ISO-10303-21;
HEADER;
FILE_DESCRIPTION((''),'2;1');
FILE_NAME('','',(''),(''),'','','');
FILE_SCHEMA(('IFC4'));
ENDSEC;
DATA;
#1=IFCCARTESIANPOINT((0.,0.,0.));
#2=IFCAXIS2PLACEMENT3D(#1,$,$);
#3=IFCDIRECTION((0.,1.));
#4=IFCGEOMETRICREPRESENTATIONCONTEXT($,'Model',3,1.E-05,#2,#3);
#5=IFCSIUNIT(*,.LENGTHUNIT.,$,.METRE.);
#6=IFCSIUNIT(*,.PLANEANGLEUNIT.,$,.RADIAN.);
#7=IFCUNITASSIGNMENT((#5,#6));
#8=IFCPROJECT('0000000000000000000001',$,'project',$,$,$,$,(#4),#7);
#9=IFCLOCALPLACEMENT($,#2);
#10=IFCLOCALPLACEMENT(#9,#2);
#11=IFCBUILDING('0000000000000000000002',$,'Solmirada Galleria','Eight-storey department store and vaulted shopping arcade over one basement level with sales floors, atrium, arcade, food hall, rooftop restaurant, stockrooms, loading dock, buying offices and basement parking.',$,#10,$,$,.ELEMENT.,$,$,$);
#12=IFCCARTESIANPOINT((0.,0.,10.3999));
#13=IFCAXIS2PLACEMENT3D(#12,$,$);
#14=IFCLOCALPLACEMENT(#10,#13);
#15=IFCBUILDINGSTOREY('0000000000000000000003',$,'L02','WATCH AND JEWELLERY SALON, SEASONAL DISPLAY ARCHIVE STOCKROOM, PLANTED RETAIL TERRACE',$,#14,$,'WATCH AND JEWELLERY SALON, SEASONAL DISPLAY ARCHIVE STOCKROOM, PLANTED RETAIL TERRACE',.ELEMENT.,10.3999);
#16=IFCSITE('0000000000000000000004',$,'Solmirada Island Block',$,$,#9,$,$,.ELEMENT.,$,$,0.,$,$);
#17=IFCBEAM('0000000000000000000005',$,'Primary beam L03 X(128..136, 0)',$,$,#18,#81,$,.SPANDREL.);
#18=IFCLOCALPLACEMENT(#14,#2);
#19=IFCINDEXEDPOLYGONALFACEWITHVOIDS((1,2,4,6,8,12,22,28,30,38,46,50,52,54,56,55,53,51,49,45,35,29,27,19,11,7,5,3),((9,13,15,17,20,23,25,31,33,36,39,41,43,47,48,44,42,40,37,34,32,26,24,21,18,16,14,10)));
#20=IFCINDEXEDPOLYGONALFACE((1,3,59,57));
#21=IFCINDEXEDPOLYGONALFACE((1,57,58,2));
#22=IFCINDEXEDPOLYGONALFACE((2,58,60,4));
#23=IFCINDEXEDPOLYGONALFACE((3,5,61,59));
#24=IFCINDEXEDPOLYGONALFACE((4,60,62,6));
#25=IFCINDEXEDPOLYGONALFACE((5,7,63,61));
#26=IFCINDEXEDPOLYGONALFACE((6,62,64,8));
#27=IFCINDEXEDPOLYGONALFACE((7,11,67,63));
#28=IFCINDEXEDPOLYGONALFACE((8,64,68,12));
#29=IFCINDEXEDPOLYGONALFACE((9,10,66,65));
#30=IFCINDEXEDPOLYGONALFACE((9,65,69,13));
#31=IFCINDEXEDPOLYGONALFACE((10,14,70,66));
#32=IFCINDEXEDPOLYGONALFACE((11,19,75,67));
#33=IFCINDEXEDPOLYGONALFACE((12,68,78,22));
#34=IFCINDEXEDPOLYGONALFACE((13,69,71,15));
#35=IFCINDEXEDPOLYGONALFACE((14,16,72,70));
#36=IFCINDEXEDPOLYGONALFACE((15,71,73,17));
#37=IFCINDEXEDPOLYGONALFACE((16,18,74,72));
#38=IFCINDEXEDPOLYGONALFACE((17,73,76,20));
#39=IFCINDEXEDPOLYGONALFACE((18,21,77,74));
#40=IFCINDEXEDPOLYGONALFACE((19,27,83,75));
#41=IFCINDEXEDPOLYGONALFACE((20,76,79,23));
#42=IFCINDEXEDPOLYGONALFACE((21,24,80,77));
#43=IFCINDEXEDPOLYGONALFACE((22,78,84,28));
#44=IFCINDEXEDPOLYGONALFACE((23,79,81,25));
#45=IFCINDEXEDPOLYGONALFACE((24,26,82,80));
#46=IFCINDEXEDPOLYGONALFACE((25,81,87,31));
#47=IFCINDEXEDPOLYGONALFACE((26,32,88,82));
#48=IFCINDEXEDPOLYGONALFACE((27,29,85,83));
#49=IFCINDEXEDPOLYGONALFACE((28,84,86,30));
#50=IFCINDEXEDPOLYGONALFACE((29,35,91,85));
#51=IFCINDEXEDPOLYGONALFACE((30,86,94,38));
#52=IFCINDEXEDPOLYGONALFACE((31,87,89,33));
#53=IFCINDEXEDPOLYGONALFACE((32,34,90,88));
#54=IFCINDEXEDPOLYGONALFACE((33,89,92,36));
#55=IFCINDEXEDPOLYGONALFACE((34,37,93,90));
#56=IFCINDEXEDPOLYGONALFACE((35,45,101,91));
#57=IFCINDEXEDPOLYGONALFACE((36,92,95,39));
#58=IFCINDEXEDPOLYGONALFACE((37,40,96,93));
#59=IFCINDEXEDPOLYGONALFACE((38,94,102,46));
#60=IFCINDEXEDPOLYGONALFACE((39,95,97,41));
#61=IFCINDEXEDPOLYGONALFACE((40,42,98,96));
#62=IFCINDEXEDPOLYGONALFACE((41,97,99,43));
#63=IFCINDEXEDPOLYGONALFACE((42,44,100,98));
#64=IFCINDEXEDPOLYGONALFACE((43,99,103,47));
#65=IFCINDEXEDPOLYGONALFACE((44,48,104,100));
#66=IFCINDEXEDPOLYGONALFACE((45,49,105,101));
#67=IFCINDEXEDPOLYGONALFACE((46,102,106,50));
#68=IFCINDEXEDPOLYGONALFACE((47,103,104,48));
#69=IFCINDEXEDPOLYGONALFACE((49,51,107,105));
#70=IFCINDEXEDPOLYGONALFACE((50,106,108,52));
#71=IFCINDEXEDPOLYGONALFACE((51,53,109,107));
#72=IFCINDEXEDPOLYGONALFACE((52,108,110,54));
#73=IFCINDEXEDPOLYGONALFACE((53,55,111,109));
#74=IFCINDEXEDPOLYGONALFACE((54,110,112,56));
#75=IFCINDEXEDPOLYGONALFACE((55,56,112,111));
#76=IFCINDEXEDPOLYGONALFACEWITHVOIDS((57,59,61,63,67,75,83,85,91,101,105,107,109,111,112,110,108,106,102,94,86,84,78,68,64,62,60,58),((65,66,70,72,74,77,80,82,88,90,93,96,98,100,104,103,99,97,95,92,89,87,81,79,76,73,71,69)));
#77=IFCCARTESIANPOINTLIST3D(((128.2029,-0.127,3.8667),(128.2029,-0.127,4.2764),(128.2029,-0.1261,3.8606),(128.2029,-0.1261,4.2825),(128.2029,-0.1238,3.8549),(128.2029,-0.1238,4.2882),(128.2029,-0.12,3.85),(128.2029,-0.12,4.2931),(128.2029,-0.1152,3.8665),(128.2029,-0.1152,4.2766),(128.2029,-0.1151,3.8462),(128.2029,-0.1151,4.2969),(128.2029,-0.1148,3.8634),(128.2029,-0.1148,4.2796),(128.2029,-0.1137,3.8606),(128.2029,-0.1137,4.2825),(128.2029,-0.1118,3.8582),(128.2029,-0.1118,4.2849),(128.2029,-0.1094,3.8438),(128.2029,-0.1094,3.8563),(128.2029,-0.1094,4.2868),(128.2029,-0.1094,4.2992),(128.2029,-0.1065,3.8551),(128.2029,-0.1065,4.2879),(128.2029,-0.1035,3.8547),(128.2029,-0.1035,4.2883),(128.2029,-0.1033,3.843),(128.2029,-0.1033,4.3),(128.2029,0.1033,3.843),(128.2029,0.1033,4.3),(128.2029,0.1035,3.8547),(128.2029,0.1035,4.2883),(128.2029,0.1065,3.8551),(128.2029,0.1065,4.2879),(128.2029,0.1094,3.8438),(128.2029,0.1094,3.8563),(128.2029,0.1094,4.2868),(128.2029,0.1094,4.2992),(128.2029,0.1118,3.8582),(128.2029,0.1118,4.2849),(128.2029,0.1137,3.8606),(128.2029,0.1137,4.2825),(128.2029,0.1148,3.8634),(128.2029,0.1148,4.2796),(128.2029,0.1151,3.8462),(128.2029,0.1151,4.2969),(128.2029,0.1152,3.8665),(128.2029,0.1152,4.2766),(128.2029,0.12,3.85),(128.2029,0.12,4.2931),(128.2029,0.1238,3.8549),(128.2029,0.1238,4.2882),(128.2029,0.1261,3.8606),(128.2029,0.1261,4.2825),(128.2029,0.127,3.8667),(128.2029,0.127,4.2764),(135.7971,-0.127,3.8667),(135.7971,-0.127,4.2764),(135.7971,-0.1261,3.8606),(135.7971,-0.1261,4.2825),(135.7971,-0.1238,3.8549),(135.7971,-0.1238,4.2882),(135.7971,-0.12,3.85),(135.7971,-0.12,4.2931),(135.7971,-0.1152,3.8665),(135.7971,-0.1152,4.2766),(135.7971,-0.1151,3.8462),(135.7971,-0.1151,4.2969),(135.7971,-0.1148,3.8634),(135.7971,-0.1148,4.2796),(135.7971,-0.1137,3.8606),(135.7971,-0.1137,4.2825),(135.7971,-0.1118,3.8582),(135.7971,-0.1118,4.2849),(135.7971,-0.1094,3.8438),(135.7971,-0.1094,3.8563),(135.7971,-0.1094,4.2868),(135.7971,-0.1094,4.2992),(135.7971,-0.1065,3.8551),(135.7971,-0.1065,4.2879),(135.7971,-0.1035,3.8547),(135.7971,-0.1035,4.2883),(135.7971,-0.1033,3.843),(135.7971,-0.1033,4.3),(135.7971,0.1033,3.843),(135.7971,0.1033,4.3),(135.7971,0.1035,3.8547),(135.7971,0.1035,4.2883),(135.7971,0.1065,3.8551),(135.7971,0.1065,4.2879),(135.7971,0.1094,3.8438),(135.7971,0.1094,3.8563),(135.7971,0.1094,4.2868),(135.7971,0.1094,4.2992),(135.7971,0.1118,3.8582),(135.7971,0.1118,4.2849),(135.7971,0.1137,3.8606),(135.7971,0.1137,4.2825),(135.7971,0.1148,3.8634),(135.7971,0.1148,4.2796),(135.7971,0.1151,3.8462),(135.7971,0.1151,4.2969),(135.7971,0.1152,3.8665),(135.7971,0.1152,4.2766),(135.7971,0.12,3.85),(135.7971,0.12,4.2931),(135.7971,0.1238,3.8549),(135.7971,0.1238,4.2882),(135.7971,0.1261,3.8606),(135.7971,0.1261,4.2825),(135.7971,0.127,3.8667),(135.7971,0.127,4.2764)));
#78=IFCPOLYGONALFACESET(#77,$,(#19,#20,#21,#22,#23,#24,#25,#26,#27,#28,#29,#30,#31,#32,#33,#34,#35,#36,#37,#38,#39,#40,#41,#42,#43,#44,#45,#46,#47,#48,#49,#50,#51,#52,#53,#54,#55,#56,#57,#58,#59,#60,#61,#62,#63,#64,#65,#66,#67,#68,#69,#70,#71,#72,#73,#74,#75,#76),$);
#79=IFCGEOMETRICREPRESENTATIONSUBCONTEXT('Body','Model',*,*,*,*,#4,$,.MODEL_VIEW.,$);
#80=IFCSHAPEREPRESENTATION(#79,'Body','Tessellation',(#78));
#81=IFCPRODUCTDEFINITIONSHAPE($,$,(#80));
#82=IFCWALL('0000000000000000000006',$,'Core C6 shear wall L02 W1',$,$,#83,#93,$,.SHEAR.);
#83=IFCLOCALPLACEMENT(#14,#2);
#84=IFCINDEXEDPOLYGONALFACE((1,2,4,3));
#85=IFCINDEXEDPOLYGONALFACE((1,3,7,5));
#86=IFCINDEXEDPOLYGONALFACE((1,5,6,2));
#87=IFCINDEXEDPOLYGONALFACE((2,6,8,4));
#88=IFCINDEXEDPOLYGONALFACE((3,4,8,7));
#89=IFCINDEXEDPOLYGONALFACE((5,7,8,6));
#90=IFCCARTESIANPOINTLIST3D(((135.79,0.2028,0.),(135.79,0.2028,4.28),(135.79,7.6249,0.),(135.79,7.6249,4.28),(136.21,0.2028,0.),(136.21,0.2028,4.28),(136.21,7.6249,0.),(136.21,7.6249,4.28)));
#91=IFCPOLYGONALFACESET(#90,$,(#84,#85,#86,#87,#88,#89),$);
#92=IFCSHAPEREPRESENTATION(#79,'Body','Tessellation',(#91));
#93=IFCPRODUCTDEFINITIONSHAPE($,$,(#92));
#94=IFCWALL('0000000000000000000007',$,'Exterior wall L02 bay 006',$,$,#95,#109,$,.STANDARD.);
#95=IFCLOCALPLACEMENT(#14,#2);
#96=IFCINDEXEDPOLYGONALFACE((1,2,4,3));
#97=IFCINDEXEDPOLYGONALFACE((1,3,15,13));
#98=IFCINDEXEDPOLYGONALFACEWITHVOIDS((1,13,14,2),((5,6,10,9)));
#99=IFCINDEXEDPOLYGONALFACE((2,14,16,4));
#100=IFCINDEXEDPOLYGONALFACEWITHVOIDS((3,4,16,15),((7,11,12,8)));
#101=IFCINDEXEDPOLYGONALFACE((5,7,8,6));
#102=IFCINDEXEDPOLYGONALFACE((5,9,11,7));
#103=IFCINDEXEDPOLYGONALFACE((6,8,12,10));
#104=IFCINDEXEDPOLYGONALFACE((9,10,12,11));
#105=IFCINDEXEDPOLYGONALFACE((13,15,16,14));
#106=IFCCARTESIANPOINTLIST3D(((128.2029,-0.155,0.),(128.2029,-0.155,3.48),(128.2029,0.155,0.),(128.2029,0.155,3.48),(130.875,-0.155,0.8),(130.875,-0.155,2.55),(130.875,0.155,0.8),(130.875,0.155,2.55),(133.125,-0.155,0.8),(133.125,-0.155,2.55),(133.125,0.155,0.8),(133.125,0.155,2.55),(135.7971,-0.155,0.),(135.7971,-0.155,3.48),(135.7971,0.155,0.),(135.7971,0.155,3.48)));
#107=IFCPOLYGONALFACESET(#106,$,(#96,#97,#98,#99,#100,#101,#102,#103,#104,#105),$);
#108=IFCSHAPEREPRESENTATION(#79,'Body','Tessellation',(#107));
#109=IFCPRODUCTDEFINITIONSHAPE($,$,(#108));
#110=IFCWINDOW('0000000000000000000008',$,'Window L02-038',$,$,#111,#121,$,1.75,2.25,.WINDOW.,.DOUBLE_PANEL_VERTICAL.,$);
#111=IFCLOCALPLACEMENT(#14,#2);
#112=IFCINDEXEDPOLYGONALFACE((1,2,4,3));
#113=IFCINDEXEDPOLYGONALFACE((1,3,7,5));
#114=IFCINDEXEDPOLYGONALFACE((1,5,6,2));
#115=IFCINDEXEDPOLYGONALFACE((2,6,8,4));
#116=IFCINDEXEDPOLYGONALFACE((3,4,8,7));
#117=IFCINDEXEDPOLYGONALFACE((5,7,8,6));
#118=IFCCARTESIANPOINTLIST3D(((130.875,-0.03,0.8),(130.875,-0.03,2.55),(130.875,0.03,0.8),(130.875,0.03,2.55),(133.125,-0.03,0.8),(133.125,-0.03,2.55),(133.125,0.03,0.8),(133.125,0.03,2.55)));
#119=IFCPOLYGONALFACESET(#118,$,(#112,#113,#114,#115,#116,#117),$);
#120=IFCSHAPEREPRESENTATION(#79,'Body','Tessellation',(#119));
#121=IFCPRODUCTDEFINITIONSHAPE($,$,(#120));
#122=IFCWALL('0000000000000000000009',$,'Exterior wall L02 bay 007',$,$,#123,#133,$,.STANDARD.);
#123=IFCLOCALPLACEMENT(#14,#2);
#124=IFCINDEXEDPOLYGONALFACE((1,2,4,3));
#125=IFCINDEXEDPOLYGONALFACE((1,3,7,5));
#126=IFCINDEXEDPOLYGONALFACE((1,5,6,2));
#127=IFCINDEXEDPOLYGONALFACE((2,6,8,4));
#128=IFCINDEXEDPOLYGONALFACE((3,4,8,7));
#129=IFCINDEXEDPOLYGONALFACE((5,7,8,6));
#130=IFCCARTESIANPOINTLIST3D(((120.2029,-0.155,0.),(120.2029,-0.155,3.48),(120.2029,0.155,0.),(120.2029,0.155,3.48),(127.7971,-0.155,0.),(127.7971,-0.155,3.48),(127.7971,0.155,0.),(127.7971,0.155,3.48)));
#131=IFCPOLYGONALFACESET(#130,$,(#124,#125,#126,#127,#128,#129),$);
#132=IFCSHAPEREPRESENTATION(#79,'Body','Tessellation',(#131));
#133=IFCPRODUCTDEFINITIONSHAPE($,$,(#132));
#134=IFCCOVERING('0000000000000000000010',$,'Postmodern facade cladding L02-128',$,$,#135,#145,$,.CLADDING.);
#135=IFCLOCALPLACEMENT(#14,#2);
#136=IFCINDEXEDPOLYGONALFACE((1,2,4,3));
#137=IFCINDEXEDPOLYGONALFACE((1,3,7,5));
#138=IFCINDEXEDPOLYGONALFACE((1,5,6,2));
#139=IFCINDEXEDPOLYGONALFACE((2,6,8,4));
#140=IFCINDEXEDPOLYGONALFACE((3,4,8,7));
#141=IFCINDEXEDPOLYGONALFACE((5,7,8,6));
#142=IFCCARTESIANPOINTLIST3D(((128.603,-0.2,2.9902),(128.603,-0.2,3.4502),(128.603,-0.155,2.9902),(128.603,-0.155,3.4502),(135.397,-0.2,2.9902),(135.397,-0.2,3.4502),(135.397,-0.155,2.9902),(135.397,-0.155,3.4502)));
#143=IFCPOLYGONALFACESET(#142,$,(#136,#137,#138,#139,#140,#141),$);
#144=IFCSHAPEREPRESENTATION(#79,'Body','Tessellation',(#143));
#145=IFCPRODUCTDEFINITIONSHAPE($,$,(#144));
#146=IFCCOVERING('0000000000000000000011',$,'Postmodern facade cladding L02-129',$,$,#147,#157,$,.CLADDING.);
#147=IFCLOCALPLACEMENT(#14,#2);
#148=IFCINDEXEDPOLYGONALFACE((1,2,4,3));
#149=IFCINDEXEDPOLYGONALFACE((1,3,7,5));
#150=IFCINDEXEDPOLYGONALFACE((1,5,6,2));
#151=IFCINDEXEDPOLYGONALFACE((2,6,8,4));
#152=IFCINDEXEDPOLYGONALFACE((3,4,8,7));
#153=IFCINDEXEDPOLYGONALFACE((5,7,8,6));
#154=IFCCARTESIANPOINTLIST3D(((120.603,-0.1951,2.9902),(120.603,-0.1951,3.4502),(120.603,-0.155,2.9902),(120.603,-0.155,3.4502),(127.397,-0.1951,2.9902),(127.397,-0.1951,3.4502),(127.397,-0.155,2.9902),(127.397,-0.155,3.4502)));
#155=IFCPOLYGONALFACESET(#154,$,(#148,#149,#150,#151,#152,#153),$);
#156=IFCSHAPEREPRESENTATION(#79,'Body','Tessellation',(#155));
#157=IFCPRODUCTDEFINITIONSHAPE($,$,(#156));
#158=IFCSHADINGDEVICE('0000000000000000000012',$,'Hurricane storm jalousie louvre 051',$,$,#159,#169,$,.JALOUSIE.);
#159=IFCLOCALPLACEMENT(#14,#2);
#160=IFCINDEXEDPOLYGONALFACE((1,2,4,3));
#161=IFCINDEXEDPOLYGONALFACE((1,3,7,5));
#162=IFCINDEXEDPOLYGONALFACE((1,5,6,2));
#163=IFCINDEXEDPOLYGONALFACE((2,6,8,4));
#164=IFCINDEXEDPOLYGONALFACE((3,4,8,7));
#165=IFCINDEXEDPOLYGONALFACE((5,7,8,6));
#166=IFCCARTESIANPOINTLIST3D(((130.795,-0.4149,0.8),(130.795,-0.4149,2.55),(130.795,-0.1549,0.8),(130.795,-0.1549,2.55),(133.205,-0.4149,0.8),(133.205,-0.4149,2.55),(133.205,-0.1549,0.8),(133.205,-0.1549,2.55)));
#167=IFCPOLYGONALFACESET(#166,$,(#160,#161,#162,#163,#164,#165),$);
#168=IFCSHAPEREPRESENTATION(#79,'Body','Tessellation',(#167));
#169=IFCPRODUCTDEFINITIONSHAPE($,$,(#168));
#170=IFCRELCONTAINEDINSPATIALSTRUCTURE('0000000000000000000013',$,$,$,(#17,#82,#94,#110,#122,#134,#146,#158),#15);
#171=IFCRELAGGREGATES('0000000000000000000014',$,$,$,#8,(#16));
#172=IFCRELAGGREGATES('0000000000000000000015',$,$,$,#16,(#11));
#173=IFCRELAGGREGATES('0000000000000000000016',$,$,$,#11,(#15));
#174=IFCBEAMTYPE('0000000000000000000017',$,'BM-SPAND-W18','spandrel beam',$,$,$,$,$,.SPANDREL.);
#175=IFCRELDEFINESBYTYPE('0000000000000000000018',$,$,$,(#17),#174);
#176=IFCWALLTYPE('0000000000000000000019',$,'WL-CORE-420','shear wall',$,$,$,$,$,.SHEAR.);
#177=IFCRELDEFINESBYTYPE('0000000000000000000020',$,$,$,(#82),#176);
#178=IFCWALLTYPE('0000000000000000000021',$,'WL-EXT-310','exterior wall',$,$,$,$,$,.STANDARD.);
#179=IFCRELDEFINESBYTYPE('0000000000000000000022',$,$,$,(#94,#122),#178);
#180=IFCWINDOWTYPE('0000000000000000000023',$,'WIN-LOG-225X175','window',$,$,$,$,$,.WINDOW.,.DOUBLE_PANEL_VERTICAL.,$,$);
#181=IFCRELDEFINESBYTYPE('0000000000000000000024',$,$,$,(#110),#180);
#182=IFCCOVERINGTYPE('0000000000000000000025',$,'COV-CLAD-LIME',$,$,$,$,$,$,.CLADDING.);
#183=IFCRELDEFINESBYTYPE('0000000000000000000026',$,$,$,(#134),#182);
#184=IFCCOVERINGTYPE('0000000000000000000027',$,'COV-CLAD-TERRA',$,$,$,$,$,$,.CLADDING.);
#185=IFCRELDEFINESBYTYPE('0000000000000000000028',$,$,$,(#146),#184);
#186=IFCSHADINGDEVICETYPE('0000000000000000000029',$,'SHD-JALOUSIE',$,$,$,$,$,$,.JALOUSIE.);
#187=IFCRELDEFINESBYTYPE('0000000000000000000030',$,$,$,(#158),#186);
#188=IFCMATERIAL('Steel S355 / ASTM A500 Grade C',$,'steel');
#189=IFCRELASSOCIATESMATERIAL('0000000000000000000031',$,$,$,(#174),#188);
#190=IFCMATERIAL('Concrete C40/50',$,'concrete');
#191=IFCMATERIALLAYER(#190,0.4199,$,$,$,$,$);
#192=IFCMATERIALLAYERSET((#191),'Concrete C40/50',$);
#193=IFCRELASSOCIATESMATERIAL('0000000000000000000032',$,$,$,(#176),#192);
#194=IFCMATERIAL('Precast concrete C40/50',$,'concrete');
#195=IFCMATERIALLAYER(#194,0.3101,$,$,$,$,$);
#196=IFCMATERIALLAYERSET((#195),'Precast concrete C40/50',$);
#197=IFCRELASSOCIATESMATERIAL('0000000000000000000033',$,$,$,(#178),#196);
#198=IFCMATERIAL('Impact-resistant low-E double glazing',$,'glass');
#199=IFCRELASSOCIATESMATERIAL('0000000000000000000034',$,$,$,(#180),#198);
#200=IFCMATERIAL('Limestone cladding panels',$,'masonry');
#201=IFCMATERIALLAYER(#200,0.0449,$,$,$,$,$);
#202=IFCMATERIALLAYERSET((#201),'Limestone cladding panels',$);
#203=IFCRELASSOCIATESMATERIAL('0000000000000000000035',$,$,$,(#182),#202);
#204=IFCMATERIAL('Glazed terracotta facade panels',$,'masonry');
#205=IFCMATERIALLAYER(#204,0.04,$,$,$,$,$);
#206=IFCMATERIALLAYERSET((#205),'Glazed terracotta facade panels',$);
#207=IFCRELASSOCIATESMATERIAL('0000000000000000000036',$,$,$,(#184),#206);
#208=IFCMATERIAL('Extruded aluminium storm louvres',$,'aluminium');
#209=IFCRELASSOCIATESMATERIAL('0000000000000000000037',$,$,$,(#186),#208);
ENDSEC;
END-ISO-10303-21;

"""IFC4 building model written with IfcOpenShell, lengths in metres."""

from ifc_helpers import new_model, si_unit, direction, frame, frame_2d, origin, origin_2d, place, context, subcontext, project, spatial, rectangle, hollow_rectangle, extrude, material, layer, layer_set, material_profile, profile_set, type_object, element, fill, save


model = new_model("IFC4")

# Units and contexts
model_context = context("Model", 3, precision=1e-05, world=origin(), true_north=direction((0.0, 1.0)))
body_context = subcontext(model_context, "Body", "Model", "MODEL_VIEW")
ifc_project = project(units=[si_unit("LENGTHUNIT", "METRE"), si_unit("PLANEANGLEUNIT", "RADIAN")], contexts=[model_context])

# Site, building, storey
site_placement = place(None, origin())
site = spatial("IfcSite", under=ifc_project, at=site_placement, Name="Solmirada Island Block", CompositionType="ELEMENT", RefElevation=0.0)
building_placement = place(site_placement, origin())
building = spatial("IfcBuilding", under=site, at=building_placement, Name="Solmirada Galleria", Description="Eight-storey department store and vaulted shopping arcade over one basement level with sales floors, atrium, arcade, food hall, rooftop restaurant, stockrooms, loading dock, buying offices and basement parking.", CompositionType="ELEMENT")
storey_placement = place(building_placement, frame((0.0, 0.0, 10.3999)))
storey = spatial("IfcBuildingStorey", under=building, at=storey_placement, Name="L02", Description="WATCH AND JEWELLERY SALON, SEASONAL DISPLAY ARCHIVE STOCKROOM, PLANTED RETAIL TERRACE", LongName="WATCH AND JEWELLERY SALON, SEASONAL DISPLAY ARCHIVE STOCKROOM, PLANTED RETAIL TERRACE", CompositionType="ELEMENT", Elevation=10.3999)

# Shared definitions
ifc_material_1 = material(Name="Steel S355 / ASTM A500 Grade C", Category="steel")
ifc_material_2 = material(Name="Concrete C40/50", Category="concrete")
ifc_material_3 = material(Name="Precast concrete C40/50", Category="concrete")

# Beam
ifc_material_profile_1 = material_profile(ifc_material_1, hollow_rectangle(XDim=0.2539, YDim=0.457, WallThickness=0.0117, InnerFilletRadius=0.0117, OuterFilletRadius=0.0237, at=origin_2d()), Name="HSS18X10X1/2")
ifc_profile_set_1 = profile_set([ifc_material_profile_1], Name="Steel S355 / ASTM A500 Grade C")
beam_type_1 = type_object("IfcBeamType", Name="BM-SPAND-W18", Description="spandrel beam", PredefinedType="SPANDREL", material=ifc_profile_set_1)
for number, where, z_axis, x_axis, name in (
    (1, (128.2029, 0.0, 4.0715), (1.0, 0.0, 0.0), (0.0, 1.0, 0.0), "Primary beam L03 X(128..136, 0)"),
):
    element("IfcBeam", number, at=place(storey_placement, frame(where, z_axis=z_axis, x_axis=x_axis)), inside=storey, type_object=beam_type_1, Name=name, PredefinedType="SPANDREL", context=body_context, shape_type="SweptSolid", body=[
        extrude(hollow_rectangle(XDim=0.2539, YDim=0.457, WallThickness=0.0117, InnerFilletRadius=0.0117, OuterFilletRadius=0.0237, at=origin_2d()), origin(), (0.0, 0.0, 1.0), 7.5942),
    ])

# Wall
ifc_layer_1 = layer(ifc_material_2, 0.4199)
ifc_layer_set_1 = layer_set([ifc_layer_1], Name="Concrete C40/50")
wall_type_1 = type_object("IfcWallType", Name="WL-CORE-420", Description="shear wall", PredefinedType="SHEAR", material=ifc_layer_set_1)
wall_1_placement = place(storey_placement, frame((136.0, 0.2029, 0.0), z_axis=(0.0, 0.0, 1.0), x_axis=(0.0, 1.0, 0.0)))
element("IfcWall", 2, at=wall_1_placement, inside=storey, type_object=wall_type_1, Name="Core C6 shear wall L02 W1", PredefinedType="SHEAR", context=body_context, shape_type="SweptSolid", body=[
    extrude(rectangle(XDim=7.4221, YDim=0.4199, at=frame_2d((3.7109, 0.0))), origin(), (0.0, 0.0, 1.0), 4.28),
])

# Wall, opening, window
ifc_layer_2 = layer(ifc_material_3, 0.3101)
ifc_layer_set_2 = layer_set([ifc_layer_2], Name="Precast concrete C40/50")
wall_type_2 = type_object("IfcWallType", Name="WL-EXT-310", Description="exterior wall", PredefinedType="STANDARD", material=ifc_layer_set_2)
wall_2_placement = place(storey_placement, frame((135.7971, 0.0, 0.0), z_axis=(0.0, 0.0, 1.0), x_axis=(-1.0, 0.0, 0.0)))
wall_2 = element("IfcWall", 3, at=wall_2_placement, inside=storey, type_object=wall_type_2, Name="Exterior wall L02 bay 006", PredefinedType="STANDARD", context=body_context, shape_type="SweptSolid", body=[
    extrude(rectangle(XDim=7.5942, YDim=0.3101, at=frame_2d((3.7971, 0.0))), origin(), (0.0, 0.0, 1.0), 3.48),
])
opening_placement = place(wall_2_placement, frame((2.6721, 0.0, 0.8)))
opening = element("IfcOpeningElement", 4, at=opening_placement, cuts=wall_2, PredefinedType="OPENING", context=body_context, shape_type="SweptSolid", body=[
    extrude(rectangle(XDim=2.25, YDim=1.75, at=frame_2d((1.125, 0.875))), frame((0.0, 0.165, 0.0), z_axis=(0.0, -1.0, 0.0), x_axis=(1.0, 0.0, 0.0)), (0.0, 0.0, 1.0), 0.3301),
])
ifc_material_4 = material(Name="Impact-resistant low-E double glazing", Category="glass")
window_type = type_object("IfcWindowType", Name="WIN-LOG-225X175", Description="window", PartitioningType="DOUBLE_PANEL_VERTICAL", PredefinedType="WINDOW", material=ifc_material_4)
window_placement = place(opening_placement, origin())
window = element("IfcWindow", 5, at=window_placement, inside=storey, type_object=window_type, Name="Window L02-038", OverallHeight=1.75, OverallWidth=2.25, PartitioningType="DOUBLE_PANEL_VERTICAL", PredefinedType="WINDOW", context=body_context, shape_type="SweptSolid", body=[
    extrude(rectangle(XDim=2.25, YDim=1.75, at=frame_2d((1.125, 0.875))), frame((0.0, 0.03, 0.0), z_axis=(0.0, -1.0, 0.0), x_axis=(1.0, 0.0, 0.0)), (0.0, 0.0, 1.0), 0.0601),
])
fill(opening, window)

# Wall
wall_3_placement = place(storey_placement, frame((127.7971, 0.0, 0.0), z_axis=(0.0, 0.0, 1.0), x_axis=(-1.0, 0.0, 0.0)))
element("IfcWall", 6, at=wall_3_placement, inside=storey, type_object=wall_type_2, Name="Exterior wall L02 bay 007", PredefinedType="STANDARD", context=body_context, shape_type="SweptSolid", body=[
    extrude(rectangle(XDim=7.5942, YDim=0.3101, at=frame_2d((3.7971, 0.0))), origin(), (0.0, 0.0, 1.0), 3.48),
])

# Coverings
ifc_material_5 = material(Name="Limestone cladding panels", Category="masonry")
ifc_layer_3 = layer(ifc_material_5, 0.0449)
ifc_layer_set_3 = layer_set([ifc_layer_3], Name="Limestone cladding panels")
covering_type_1 = type_object("IfcCoveringType", Name="COV-CLAD-LIME", PredefinedType="CLADDING", material=ifc_layer_set_3)
covering_1_placement = place(storey_placement, frame((132.0, -0.1775, 2.9902), z_axis=(0.0, 0.0, 1.0), x_axis=(-1.0, 0.0, 0.0)))
element("IfcCovering", 7, at=covering_1_placement, inside=storey, type_object=covering_type_1, Name="Postmodern facade cladding L02-128", PredefinedType="CLADDING", context=body_context, shape_type="SweptSolid", body=[
    extrude(rectangle(XDim=6.7939, YDim=0.0449, at=origin_2d()), origin(), (0.0, 0.0, 1.0), 0.46),
])
ifc_material_6 = material(Name="Glazed terracotta facade panels", Category="masonry")
ifc_layer_4 = layer(ifc_material_6, 0.04)
ifc_layer_set_4 = layer_set([ifc_layer_4], Name="Glazed terracotta facade panels")
covering_type_2 = type_object("IfcCoveringType", Name="COV-CLAD-TERRA", PredefinedType="CLADDING", material=ifc_layer_set_4)
covering_2_placement = place(storey_placement, frame((124.0, -0.175, 2.9902), z_axis=(0.0, 0.0, 1.0), x_axis=(-1.0, 0.0, 0.0)))
element("IfcCovering", 8, at=covering_2_placement, inside=storey, type_object=covering_type_2, Name="Postmodern facade cladding L02-129", PredefinedType="CLADDING", context=body_context, shape_type="SweptSolid", body=[
    extrude(rectangle(XDim=6.7939, YDim=0.04, at=origin_2d()), origin(), (0.0, 0.0, 1.0), 0.46),
])

# Shading device
ifc_material_7 = material(Name="Extruded aluminium storm louvres", Category="aluminium")
shading_device_type = type_object("IfcShadingDeviceType", Name="SHD-JALOUSIE", PredefinedType="JALOUSIE", material=ifc_material_7)
shading_device_placement = place(storey_placement, frame((132.0, -0.2849, 0.8), z_axis=(0.0, 0.0, 1.0), x_axis=(-1.0, 0.0, 0.0)))
element("IfcShadingDevice", 9, at=shading_device_placement, inside=storey, type_object=shading_device_type, Name="Hurricane storm jalousie louvre 051", PredefinedType="JALOUSIE", context=body_context, shape_type="SweptSolid", body=[
    extrude(rectangle(XDim=2.4099, YDim=0.26, at=origin_2d()), origin(), (0.0, 0.0, 1.0), 1.75),
])

save(model, "model.ifc")
